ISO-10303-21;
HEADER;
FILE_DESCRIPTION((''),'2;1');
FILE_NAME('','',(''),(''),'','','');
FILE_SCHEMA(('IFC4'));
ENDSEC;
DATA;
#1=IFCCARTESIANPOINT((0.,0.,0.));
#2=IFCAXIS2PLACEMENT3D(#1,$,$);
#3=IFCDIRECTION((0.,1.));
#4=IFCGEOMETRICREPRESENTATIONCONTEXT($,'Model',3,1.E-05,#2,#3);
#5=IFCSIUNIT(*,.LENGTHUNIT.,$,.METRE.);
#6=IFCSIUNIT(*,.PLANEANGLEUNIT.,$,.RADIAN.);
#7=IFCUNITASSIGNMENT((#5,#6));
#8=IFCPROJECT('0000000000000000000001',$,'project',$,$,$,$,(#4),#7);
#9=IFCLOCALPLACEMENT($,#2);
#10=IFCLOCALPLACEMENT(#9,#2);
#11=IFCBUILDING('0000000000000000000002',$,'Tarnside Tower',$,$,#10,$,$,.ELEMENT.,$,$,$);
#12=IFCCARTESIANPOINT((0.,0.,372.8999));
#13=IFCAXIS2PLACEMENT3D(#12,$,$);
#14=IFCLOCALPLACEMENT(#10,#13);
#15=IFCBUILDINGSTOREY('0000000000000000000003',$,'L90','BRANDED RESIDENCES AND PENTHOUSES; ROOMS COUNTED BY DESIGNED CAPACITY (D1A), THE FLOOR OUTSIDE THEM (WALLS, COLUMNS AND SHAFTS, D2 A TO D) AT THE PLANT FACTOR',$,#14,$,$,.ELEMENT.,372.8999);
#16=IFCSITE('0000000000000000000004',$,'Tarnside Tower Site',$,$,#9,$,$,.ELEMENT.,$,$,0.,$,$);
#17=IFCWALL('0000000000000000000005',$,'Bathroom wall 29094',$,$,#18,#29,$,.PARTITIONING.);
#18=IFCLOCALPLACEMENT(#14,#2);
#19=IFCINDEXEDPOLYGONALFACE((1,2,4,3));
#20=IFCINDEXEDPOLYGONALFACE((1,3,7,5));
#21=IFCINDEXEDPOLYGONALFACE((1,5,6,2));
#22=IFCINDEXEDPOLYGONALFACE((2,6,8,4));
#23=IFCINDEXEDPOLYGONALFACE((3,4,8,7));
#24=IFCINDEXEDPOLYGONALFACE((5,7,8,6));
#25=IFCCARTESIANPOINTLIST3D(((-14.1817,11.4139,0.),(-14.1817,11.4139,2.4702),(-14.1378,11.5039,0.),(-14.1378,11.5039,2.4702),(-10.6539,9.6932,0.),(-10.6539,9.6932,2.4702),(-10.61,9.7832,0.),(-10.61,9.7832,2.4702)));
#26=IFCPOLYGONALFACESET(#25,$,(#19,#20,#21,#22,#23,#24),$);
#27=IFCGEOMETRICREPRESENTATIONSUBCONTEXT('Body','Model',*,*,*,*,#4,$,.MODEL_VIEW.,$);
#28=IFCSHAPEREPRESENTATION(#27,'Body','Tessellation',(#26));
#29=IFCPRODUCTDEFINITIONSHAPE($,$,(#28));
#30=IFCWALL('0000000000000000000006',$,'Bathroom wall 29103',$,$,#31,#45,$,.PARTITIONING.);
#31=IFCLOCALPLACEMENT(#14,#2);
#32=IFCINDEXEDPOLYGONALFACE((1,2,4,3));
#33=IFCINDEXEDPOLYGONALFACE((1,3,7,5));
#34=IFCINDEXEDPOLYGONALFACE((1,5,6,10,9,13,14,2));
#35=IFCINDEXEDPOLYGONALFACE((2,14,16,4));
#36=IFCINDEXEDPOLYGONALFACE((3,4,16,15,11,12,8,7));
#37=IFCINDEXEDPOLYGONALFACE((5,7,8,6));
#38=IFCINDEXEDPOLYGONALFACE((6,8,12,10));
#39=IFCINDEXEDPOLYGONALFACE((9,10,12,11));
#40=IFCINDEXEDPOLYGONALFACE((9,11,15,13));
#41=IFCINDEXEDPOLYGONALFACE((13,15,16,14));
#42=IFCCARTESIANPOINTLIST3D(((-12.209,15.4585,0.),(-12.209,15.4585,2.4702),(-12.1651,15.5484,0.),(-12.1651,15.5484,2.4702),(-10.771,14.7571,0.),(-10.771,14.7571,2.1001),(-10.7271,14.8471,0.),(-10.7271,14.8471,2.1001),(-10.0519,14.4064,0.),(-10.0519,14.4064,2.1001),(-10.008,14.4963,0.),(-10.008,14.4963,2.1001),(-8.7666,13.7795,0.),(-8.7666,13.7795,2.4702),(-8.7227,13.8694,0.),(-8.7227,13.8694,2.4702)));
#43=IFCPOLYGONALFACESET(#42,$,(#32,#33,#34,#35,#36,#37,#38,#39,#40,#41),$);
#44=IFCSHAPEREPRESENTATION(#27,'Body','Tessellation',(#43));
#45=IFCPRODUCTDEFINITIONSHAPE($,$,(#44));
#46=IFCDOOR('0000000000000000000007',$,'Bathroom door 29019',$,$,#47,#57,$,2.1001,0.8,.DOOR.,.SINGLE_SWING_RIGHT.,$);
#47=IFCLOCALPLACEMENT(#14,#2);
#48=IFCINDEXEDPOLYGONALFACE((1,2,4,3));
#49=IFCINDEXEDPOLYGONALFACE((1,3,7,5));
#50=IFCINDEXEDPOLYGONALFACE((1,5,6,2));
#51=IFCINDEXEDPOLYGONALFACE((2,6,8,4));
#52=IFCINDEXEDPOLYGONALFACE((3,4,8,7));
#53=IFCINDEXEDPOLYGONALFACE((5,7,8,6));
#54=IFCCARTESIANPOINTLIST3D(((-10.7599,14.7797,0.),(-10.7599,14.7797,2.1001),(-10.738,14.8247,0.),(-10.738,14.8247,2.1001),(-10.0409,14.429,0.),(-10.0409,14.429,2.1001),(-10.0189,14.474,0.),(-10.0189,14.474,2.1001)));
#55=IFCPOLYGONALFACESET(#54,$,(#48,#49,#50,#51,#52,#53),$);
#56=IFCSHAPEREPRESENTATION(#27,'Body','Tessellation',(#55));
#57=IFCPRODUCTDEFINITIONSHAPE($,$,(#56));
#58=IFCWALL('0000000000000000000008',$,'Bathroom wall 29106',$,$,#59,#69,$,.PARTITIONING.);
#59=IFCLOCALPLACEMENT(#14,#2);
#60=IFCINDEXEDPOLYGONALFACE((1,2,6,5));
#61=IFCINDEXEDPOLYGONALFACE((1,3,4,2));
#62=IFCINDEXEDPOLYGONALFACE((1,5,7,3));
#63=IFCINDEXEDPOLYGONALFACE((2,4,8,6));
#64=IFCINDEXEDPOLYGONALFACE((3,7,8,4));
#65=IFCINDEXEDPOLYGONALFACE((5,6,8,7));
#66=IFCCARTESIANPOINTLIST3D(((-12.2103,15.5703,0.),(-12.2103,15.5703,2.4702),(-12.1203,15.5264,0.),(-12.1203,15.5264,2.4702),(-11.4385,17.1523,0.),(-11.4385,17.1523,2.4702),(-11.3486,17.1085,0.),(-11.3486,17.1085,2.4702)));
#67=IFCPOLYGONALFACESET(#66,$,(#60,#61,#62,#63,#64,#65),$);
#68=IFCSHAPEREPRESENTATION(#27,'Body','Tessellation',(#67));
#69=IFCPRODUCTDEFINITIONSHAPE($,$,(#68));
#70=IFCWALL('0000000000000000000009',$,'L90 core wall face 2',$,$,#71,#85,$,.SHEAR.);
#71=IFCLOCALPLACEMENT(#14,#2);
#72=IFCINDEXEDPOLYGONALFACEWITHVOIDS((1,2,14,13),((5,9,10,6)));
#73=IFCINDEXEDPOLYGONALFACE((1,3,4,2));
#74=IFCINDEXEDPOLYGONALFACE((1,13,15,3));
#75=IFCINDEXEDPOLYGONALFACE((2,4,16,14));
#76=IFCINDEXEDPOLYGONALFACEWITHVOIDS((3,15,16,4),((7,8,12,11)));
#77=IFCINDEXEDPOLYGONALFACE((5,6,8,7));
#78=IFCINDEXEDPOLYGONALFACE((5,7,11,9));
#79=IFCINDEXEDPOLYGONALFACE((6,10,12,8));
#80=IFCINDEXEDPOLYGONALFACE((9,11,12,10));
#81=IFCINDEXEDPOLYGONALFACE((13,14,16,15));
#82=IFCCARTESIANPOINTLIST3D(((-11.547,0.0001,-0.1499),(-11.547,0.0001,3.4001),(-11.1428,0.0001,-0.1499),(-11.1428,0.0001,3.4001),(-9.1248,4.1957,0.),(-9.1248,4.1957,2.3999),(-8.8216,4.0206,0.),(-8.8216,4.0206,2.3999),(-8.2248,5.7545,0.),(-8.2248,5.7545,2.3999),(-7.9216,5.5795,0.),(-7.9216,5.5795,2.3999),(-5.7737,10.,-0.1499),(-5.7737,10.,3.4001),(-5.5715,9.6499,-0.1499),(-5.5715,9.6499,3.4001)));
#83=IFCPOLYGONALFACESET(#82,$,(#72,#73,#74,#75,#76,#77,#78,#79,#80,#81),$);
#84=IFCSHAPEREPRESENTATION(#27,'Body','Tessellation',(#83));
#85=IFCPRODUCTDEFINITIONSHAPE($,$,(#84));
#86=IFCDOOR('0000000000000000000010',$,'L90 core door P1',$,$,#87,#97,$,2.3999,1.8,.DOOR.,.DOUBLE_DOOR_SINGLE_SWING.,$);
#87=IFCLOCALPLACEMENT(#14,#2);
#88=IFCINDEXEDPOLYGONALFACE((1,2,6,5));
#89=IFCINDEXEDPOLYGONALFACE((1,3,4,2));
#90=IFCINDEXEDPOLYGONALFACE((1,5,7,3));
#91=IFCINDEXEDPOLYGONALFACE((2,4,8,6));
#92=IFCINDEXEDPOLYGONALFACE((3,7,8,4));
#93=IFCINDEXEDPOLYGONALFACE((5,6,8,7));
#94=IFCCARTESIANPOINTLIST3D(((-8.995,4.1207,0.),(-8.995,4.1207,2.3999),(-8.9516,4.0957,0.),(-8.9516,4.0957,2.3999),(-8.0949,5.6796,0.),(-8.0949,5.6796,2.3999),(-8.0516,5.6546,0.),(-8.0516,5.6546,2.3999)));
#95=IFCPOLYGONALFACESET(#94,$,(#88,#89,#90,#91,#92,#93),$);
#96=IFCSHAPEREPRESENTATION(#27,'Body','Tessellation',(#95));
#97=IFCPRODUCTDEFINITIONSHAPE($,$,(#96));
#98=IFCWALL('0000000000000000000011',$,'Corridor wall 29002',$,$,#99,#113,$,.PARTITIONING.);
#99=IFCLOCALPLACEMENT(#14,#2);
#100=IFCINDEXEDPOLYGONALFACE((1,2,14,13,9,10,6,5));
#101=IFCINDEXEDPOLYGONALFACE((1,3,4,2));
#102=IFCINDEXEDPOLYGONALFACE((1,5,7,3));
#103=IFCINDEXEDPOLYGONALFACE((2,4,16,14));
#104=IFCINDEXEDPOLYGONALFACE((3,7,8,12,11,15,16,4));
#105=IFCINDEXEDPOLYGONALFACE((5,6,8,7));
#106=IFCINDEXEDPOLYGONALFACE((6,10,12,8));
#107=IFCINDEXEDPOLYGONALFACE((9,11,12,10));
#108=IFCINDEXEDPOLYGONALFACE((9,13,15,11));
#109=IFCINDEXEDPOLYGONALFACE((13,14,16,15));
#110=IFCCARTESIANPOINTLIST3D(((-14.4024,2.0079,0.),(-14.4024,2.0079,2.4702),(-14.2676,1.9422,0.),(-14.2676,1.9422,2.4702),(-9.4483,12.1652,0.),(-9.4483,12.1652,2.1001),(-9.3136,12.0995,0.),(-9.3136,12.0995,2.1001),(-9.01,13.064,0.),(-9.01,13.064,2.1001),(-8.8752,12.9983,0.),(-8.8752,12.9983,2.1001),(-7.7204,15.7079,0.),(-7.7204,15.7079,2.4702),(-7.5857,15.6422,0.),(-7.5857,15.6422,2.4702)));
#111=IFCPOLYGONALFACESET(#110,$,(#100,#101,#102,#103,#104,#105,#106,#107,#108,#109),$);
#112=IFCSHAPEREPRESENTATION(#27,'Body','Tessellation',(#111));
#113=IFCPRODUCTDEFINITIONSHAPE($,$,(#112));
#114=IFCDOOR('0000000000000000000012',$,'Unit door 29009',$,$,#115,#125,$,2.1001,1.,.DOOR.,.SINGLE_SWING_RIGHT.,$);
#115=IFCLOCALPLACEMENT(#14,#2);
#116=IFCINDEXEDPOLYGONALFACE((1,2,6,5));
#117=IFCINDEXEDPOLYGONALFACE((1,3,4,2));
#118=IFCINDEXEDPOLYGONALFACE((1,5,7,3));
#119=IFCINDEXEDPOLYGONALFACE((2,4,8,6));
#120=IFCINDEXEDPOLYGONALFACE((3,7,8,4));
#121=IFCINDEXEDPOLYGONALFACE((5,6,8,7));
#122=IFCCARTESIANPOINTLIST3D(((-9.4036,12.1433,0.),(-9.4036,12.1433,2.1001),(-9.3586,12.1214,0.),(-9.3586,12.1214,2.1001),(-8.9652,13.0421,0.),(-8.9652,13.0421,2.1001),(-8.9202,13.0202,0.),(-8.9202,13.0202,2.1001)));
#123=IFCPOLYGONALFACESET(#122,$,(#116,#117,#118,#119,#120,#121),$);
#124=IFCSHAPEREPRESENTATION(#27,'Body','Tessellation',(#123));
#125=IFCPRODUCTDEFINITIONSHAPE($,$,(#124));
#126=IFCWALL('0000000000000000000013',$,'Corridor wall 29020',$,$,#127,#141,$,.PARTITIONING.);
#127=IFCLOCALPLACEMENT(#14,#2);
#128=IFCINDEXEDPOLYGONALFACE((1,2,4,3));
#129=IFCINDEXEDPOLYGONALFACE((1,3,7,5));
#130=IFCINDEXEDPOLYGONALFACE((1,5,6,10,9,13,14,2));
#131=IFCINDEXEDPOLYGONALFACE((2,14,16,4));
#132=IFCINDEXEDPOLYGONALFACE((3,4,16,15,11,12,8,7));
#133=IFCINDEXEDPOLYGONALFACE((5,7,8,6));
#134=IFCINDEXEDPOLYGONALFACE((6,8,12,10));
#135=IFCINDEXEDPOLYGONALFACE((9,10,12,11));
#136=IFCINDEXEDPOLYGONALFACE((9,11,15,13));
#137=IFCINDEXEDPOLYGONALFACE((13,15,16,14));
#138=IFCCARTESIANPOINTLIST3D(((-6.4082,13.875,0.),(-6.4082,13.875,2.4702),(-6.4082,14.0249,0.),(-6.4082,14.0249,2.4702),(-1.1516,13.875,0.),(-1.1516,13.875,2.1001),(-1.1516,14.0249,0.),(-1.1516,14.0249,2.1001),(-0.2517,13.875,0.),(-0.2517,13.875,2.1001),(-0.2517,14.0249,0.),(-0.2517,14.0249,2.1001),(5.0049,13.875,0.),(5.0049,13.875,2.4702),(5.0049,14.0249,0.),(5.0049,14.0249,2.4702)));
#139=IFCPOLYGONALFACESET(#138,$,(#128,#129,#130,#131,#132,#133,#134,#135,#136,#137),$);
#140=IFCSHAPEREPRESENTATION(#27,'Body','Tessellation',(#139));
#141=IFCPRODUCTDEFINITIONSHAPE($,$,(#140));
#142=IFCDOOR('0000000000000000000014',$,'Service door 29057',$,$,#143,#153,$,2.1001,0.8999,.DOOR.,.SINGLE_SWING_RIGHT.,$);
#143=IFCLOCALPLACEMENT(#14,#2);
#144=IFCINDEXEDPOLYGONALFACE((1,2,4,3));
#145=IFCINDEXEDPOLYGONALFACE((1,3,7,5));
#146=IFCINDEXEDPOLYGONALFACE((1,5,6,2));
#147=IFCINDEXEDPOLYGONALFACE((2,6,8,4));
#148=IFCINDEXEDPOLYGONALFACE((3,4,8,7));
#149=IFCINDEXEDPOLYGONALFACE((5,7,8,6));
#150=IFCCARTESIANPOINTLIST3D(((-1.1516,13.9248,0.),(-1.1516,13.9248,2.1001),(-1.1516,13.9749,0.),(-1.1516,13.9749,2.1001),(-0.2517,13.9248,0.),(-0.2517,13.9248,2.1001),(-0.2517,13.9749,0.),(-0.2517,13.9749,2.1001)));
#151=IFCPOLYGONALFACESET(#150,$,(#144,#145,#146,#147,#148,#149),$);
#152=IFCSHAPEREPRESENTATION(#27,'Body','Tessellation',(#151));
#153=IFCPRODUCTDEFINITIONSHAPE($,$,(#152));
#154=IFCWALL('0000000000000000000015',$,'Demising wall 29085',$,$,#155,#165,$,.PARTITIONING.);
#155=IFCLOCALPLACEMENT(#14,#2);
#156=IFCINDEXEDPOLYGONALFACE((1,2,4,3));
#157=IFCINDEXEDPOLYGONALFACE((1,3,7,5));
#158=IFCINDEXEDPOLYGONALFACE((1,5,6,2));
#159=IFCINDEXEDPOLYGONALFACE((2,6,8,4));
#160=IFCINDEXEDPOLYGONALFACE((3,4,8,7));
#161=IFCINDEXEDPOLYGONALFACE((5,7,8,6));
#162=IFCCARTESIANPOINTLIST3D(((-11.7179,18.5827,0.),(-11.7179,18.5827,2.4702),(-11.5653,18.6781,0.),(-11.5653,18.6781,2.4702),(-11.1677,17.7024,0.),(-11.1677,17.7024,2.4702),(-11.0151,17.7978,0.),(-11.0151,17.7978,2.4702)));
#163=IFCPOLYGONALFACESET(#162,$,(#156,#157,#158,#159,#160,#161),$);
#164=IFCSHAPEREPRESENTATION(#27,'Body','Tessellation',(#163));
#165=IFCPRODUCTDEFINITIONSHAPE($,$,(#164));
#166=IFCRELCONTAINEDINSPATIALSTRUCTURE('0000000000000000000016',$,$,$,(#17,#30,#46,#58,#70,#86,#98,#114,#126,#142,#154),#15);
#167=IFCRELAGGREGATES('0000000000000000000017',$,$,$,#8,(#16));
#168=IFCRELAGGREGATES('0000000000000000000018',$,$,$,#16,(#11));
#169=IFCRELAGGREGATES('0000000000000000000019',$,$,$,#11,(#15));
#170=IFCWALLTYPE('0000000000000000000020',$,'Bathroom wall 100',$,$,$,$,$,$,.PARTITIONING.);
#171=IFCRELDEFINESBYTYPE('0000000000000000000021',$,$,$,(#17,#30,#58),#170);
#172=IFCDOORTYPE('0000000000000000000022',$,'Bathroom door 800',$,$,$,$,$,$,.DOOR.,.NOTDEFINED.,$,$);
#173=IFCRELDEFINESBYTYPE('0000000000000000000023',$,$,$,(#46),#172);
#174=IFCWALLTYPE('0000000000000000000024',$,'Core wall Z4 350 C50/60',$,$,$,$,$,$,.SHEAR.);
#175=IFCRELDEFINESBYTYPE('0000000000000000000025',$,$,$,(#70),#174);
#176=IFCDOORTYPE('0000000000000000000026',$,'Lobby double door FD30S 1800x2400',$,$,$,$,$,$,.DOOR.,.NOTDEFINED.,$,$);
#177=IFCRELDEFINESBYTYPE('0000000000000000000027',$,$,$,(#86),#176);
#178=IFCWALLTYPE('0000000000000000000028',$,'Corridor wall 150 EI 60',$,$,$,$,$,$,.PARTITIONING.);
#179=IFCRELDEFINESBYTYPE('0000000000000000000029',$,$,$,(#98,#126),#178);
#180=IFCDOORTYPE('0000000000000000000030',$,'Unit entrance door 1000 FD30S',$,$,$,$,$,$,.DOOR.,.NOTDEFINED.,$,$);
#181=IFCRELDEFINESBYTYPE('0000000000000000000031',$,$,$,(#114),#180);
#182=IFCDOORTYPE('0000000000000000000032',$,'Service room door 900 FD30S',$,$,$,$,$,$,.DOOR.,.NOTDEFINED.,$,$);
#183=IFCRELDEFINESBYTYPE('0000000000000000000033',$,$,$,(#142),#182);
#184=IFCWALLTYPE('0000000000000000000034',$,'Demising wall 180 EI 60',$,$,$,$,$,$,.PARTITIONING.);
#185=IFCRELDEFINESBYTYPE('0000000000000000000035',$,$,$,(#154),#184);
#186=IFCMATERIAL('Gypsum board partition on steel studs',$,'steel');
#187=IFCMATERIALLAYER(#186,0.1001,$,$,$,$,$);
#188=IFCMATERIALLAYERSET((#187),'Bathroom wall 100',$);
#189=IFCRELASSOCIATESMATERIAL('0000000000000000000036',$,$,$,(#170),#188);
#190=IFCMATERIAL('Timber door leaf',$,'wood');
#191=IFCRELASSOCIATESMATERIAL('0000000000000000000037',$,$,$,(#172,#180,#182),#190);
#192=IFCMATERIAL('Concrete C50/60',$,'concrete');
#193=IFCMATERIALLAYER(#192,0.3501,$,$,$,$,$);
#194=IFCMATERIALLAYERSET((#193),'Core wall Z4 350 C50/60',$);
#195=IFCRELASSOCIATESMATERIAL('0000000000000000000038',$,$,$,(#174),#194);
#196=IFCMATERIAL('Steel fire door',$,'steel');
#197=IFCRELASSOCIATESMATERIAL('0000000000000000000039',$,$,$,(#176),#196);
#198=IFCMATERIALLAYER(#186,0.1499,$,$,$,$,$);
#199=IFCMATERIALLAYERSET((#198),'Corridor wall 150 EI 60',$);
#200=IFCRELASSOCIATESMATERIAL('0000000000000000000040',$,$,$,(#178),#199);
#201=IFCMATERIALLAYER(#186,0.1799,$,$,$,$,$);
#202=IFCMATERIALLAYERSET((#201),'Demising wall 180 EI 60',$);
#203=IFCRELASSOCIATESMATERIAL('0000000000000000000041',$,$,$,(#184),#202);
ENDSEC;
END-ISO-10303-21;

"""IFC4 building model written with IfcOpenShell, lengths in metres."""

from ifc_helpers import new_model, si_unit, direction, frame, frame_2d, origin, place, context, subcontext, project, spatial, polyline, rectangle, outline, extrude, material, layer, layer_set, type_object, element, fill, save


model = new_model("IFC4")

# Units and contexts
model_context = context("Model", 3, precision=1e-05, world=origin(), true_north=direction((0.0, 1.0)))
body_context = subcontext(model_context, "Body", "Model", "MODEL_VIEW")
ifc_project = project(units=[si_unit("LENGTHUNIT", "METRE"), si_unit("PLANEANGLEUNIT", "RADIAN")], contexts=[model_context])

# Site, building, storey
site_placement = place(None, origin())
site = spatial("IfcSite", under=ifc_project, at=site_placement, Name="Tarnside Tower Site", CompositionType="ELEMENT", RefElevation=0.0)
building_placement = place(site_placement, origin())
building = spatial("IfcBuilding", under=site, at=building_placement, Name="Tarnside Tower", CompositionType="ELEMENT")
storey_placement = place(building_placement, frame((0.0, 0.0, 372.8999)))
storey = spatial("IfcBuildingStorey", under=building, at=storey_placement, Name="L90", Description="BRANDED RESIDENCES AND PENTHOUSES; ROOMS COUNTED BY DESIGNED CAPACITY (D1A), THE FLOOR OUTSIDE THEM (WALLS, COLUMNS AND SHAFTS, D2 A TO D) AT THE PLANT FACTOR", CompositionType="ELEMENT", Elevation=372.8999)

# Wall
ifc_material_1 = material(Name="Gypsum board partition on steel studs", Category="steel")
ifc_layer_1 = layer(ifc_material_1, 0.1001)
ifc_layer_set_1 = layer_set([ifc_layer_1], Name="Bathroom wall 100")
wall_type_1 = type_object("IfcWallType", Name="Bathroom wall 100", PredefinedType="PARTITIONING", material=ifc_layer_set_1)
wall_1_placement = place(storey_placement, frame((-10.6321, 9.7383, 0.0), z_axis=(0.0, 0.0, 1.0), x_axis=(-0.898788, 0.438384, 0.0)))
element("IfcWall", 1, at=wall_1_placement, inside=storey, type_object=wall_type_1, Name="Bathroom wall 29094", PredefinedType="PARTITIONING", context=body_context, shape_type="SweptSolid", body=[
    extrude(rectangle(XDim=3.925, YDim=0.1001, at=frame_2d((1.9624, 0.0))), origin(), (0.0, 0.0, 1.0), 2.4702),
])

# Wall, opening, door
wall_2_placement = place(storey_placement, frame((-8.7446, 13.8245, 0.0), z_axis=(0.0, 0.0, 1.0), x_axis=(-0.898795, 0.43837, 0.0)))
wall_2 = element("IfcWall", 2, at=wall_2_placement, inside=storey, type_object=wall_type_1, Name="Bathroom wall 29103", PredefinedType="PARTITIONING", context=body_context, shape_type="SweptSolid", body=[
    extrude(rectangle(XDim=3.8301, YDim=0.1001, at=frame_2d((1.915, 0.0))), origin(), (0.0, 0.0, 1.0), 2.4702),
])
opening_1_placement = place(wall_2_placement, frame((1.4302, 0.0, 0.0)))
opening_1 = element("IfcOpeningElement", 3, at=opening_1_placement, cuts=wall_2, PredefinedType="OPENING", context=body_context, shape_type="SweptSolid", body=[
    extrude(rectangle(XDim=0.8, YDim=2.1001, at=frame_2d((0.3999, 1.05))), frame((0.0, 0.0601, 0.0), z_axis=(0.0, -1.0, 0.0), x_axis=(1.0, 0.0, 0.0)), (0.0, 0.0, 1.0), 0.1201),
])
ifc_material_2 = material(Name="Timber door leaf", Category="wood")
door_type_1 = type_object("IfcDoorType", Name="Bathroom door 800", OperationType="NOTDEFINED", PredefinedType="DOOR", material=ifc_material_2)
door_1_placement = place(opening_1_placement, origin())
door_1 = element("IfcDoor", 4, at=door_1_placement, inside=storey, type_object=door_type_1, Name="Bathroom door 29019", OperationType="SINGLE_SWING_RIGHT", OverallHeight=2.1001, OverallWidth=0.8, PredefinedType="DOOR", context=body_context, shape_type="SweptSolid", body=[
    extrude(rectangle(XDim=0.8, YDim=2.1001, at=frame_2d((0.3999, 1.05))), frame((0.0, 0.0249, 0.0), z_axis=(0.0, -1.0, 0.0), x_axis=(1.0, 0.0, 0.0)), (0.0, 0.0, 1.0), 0.05),
])
fill(opening_1, door_1)

# Wall
wall_3_placement = place(storey_placement, frame((-12.1653, 15.5483, 0.0), z_axis=(0.0, 0.0, 1.0), x_axis=(0.438426, 0.898767, 0.0)))
element("IfcWall", 5, at=wall_3_placement, inside=storey, type_object=wall_type_1, Name="Bathroom wall 29106", PredefinedType="PARTITIONING", context=body_context, shape_type="SweptSolid", body=[
    extrude(rectangle(XDim=1.7603, YDim=0.1001, at=frame_2d((0.8801, 0.0))), origin(), (0.0, 0.0, 1.0), 2.4702),
])

# Walls, openings, doors
ifc_material_3 = material(Name="Concrete C50/60", Category="concrete")
ifc_layer_2 = layer(ifc_material_3, 0.3501)
ifc_layer_set_2 = layer_set([ifc_layer_2], Name="Core wall Z4 350 C50/60")
wall_type_2 = type_object("IfcWallType", Name="Core wall Z4 350 C50/60", PredefinedType="SHEAR", material=ifc_layer_set_2)
wall_4_placement = place(storey_placement, frame((-5.6726, 9.825, -0.1499), z_axis=(0.0, 0.0, 1.0), x_axis=(-0.499995, -0.866028, 0.0)))
wall_4 = element("IfcWall", 6, at=wall_4_placement, inside=storey, type_object=wall_type_2, Name="L90 core wall face 2", PredefinedType="SHEAR", context=body_context, shape_type="SweptSolid", body=[
    extrude(outline(polyline([(-0.1011, -0.175), (11.4458, -0.175), (11.2437, 0.175), (0.1011, 0.175), (-0.1011, -0.175)])), origin(), (0.0, 0.0, 1.0), 3.55),
])
opening_2_placement = place(wall_4_placement, frame((4.8013, 0.0, 0.1499)))
opening_2 = element("IfcOpeningElement", 7, at=opening_2_placement, cuts=wall_4, PredefinedType="OPENING", context=body_context, shape_type="SweptSolid", body=[
    extrude(rectangle(XDim=1.8, YDim=2.3999, at=frame_2d((0.8999, 1.2))), frame((0.0, 0.1851, 0.0), z_axis=(0.0, -1.0, 0.0), x_axis=(1.0, 0.0, 0.0)), (0.0, 0.0, 1.0), 0.3701),
])
ifc_material_4 = material(Name="Steel fire door", Category="steel")
door_type_2 = type_object("IfcDoorType", Name="Lobby double door FD30S 1800x2400", OperationType="NOTDEFINED", PredefinedType="DOOR", material=ifc_material_4)
door_2_placement = place(opening_2_placement, origin())
door_2 = element("IfcDoor", 8, at=door_2_placement, inside=storey, type_object=door_type_2, Name="L90 core door P1", OperationType="DOUBLE_DOOR_SINGLE_SWING", OverallHeight=2.3999, OverallWidth=1.8, PredefinedType="DOOR", context=body_context, shape_type="SweptSolid", body=[
    extrude(rectangle(XDim=1.8, YDim=2.3999, at=frame_2d((0.8999, 1.2))), frame((0.0, 0.0249, 0.0), z_axis=(0.0, -1.0, 0.0), x_axis=(1.0, 0.0, 0.0)), (0.0, 0.0, 1.0), 0.05),
])
fill(opening_2, door_2)
ifc_layer_3 = layer(ifc_material_1, 0.1499)
ifc_layer_set_3 = layer_set([ifc_layer_3], Name="Corridor wall 150 EI 60")
wall_type_3 = type_object("IfcWallType", Name="Corridor wall 150 EI 60", PredefinedType="PARTITIONING", material=ifc_layer_set_3)
wall_5_placement = place(storey_placement, frame((-7.6531, 15.675, 0.0), z_axis=(0.0, 0.0, 1.0), x_axis=(-0.43837, -0.898795, 0.0)))
wall_5 = element("IfcWall", 9, at=wall_5_placement, inside=storey, type_object=wall_type_3, Name="Corridor wall 29002", PredefinedType="PARTITIONING", context=body_context, shape_type="SweptSolid", body=[
    extrude(rectangle(XDim=15.2427, YDim=0.1499, at=frame_2d((7.6213, 0.0))), origin(), (0.0, 0.0, 1.0), 2.4702),
])
opening_3_placement = place(wall_5_placement, frame((2.9417, 0.0, 0.0)))
opening_3 = element("IfcOpeningElement", 10, at=opening_3_placement, cuts=wall_5, PredefinedType="OPENING", context=body_context, shape_type="SweptSolid", body=[
    extrude(rectangle(XDim=1.0, YDim=2.1001, at=frame_2d((0.5, 1.05))), frame((0.0, 0.085, 0.0), z_axis=(0.0, -1.0, 0.0), x_axis=(1.0, 0.0, 0.0)), (0.0, 0.0, 1.0), 0.1699),
])
door_type_3 = type_object("IfcDoorType", Name="Unit entrance door 1000 FD30S", OperationType="NOTDEFINED", PredefinedType="DOOR", material=ifc_material_2)
door_3_placement = place(opening_3_placement, origin())
door_3 = element("IfcDoor", 11, at=door_3_placement, inside=storey, type_object=door_type_3, Name="Unit door 29009", OperationType="SINGLE_SWING_RIGHT", OverallHeight=2.1001, OverallWidth=1.0, PredefinedType="DOOR", context=body_context, shape_type="SweptSolid", body=[
    extrude(rectangle(XDim=1.0, YDim=2.1001, at=frame_2d((0.5, 1.05))), frame((0.0, 0.0249, 0.0), z_axis=(0.0, -1.0, 0.0), x_axis=(1.0, 0.0, 0.0)), (0.0, 0.0, 1.0), 0.05),
])
fill(opening_3, door_3)
wall_6_placement = place(storey_placement, frame((-6.4082, 13.95, 0.0), z_axis=(0.0, 0.0, 1.0), x_axis=(1.0, 0.0, 0.0)))
wall_6 = element("IfcWall", 12, at=wall_6_placement, inside=storey, type_object=wall_type_3, Name="Corridor wall 29020", PredefinedType="PARTITIONING", context=body_context, shape_type="SweptSolid", body=[
    extrude(rectangle(XDim=11.4131, YDim=0.1499, at=frame_2d((5.7065, 0.0))), origin(), (0.0, 0.0, 1.0), 2.4702),
])
opening_4_placement = place(wall_6_placement, frame((5.2566, 0.0, 0.0)))
opening_4 = element("IfcOpeningElement", 13, at=opening_4_placement, cuts=wall_6, PredefinedType="OPENING", context=body_context, shape_type="SweptSolid", body=[
    extrude(rectangle(XDim=0.8999, YDim=2.1001, at=frame_2d((0.45, 1.05))), frame((0.0, 0.085, 0.0), z_axis=(0.0, -1.0, 0.0), x_axis=(1.0, 0.0, 0.0)), (0.0, 0.0, 1.0), 0.1699),
])
door_type_4 = type_object("IfcDoorType", Name="Service room door 900 FD30S", OperationType="NOTDEFINED", PredefinedType="DOOR", material=ifc_material_2)
door_4_placement = place(opening_4_placement, origin())
door_4 = element("IfcDoor", 14, at=door_4_placement, inside=storey, type_object=door_type_4, Name="Service door 29057", OperationType="SINGLE_SWING_RIGHT", OverallHeight=2.1001, OverallWidth=0.8999, PredefinedType="DOOR", context=body_context, shape_type="SweptSolid", body=[
    extrude(rectangle(XDim=0.8999, YDim=2.1001, at=frame_2d((0.45, 1.05))), frame((0.0, 0.0249, 0.0), z_axis=(0.0, -1.0, 0.0), x_axis=(1.0, 0.0, 0.0)), (0.0, 0.0, 1.0), 0.05),
])
fill(opening_4, door_4)

# Wall
ifc_layer_4 = layer(ifc_material_1, 0.1799)
ifc_layer_set_4 = layer_set([ifc_layer_4], Name="Demising wall 180 EI 60")
wall_type_4 = type_object("IfcWallType", Name="Demising wall 180 EI 60", PredefinedType="PARTITIONING", material=ifc_layer_set_4)
wall_7_placement = place(storey_placement, frame((-11.6416, 18.6304, 0.0), z_axis=(0.0, 0.0, 1.0), x_axis=(0.530041, -0.847972, 0.0)))
element("IfcWall", 15, at=wall_7_placement, inside=storey, type_object=wall_type_4, Name="Demising wall 29085", PredefinedType="PARTITIONING", context=body_context, shape_type="SweptSolid", body=[
    extrude(rectangle(XDim=1.0381, YDim=0.1799, at=frame_2d((0.519, 0.0))), origin(), (0.0, 0.0, 1.0), 2.4702),
])

save(model, "model.ifc")
